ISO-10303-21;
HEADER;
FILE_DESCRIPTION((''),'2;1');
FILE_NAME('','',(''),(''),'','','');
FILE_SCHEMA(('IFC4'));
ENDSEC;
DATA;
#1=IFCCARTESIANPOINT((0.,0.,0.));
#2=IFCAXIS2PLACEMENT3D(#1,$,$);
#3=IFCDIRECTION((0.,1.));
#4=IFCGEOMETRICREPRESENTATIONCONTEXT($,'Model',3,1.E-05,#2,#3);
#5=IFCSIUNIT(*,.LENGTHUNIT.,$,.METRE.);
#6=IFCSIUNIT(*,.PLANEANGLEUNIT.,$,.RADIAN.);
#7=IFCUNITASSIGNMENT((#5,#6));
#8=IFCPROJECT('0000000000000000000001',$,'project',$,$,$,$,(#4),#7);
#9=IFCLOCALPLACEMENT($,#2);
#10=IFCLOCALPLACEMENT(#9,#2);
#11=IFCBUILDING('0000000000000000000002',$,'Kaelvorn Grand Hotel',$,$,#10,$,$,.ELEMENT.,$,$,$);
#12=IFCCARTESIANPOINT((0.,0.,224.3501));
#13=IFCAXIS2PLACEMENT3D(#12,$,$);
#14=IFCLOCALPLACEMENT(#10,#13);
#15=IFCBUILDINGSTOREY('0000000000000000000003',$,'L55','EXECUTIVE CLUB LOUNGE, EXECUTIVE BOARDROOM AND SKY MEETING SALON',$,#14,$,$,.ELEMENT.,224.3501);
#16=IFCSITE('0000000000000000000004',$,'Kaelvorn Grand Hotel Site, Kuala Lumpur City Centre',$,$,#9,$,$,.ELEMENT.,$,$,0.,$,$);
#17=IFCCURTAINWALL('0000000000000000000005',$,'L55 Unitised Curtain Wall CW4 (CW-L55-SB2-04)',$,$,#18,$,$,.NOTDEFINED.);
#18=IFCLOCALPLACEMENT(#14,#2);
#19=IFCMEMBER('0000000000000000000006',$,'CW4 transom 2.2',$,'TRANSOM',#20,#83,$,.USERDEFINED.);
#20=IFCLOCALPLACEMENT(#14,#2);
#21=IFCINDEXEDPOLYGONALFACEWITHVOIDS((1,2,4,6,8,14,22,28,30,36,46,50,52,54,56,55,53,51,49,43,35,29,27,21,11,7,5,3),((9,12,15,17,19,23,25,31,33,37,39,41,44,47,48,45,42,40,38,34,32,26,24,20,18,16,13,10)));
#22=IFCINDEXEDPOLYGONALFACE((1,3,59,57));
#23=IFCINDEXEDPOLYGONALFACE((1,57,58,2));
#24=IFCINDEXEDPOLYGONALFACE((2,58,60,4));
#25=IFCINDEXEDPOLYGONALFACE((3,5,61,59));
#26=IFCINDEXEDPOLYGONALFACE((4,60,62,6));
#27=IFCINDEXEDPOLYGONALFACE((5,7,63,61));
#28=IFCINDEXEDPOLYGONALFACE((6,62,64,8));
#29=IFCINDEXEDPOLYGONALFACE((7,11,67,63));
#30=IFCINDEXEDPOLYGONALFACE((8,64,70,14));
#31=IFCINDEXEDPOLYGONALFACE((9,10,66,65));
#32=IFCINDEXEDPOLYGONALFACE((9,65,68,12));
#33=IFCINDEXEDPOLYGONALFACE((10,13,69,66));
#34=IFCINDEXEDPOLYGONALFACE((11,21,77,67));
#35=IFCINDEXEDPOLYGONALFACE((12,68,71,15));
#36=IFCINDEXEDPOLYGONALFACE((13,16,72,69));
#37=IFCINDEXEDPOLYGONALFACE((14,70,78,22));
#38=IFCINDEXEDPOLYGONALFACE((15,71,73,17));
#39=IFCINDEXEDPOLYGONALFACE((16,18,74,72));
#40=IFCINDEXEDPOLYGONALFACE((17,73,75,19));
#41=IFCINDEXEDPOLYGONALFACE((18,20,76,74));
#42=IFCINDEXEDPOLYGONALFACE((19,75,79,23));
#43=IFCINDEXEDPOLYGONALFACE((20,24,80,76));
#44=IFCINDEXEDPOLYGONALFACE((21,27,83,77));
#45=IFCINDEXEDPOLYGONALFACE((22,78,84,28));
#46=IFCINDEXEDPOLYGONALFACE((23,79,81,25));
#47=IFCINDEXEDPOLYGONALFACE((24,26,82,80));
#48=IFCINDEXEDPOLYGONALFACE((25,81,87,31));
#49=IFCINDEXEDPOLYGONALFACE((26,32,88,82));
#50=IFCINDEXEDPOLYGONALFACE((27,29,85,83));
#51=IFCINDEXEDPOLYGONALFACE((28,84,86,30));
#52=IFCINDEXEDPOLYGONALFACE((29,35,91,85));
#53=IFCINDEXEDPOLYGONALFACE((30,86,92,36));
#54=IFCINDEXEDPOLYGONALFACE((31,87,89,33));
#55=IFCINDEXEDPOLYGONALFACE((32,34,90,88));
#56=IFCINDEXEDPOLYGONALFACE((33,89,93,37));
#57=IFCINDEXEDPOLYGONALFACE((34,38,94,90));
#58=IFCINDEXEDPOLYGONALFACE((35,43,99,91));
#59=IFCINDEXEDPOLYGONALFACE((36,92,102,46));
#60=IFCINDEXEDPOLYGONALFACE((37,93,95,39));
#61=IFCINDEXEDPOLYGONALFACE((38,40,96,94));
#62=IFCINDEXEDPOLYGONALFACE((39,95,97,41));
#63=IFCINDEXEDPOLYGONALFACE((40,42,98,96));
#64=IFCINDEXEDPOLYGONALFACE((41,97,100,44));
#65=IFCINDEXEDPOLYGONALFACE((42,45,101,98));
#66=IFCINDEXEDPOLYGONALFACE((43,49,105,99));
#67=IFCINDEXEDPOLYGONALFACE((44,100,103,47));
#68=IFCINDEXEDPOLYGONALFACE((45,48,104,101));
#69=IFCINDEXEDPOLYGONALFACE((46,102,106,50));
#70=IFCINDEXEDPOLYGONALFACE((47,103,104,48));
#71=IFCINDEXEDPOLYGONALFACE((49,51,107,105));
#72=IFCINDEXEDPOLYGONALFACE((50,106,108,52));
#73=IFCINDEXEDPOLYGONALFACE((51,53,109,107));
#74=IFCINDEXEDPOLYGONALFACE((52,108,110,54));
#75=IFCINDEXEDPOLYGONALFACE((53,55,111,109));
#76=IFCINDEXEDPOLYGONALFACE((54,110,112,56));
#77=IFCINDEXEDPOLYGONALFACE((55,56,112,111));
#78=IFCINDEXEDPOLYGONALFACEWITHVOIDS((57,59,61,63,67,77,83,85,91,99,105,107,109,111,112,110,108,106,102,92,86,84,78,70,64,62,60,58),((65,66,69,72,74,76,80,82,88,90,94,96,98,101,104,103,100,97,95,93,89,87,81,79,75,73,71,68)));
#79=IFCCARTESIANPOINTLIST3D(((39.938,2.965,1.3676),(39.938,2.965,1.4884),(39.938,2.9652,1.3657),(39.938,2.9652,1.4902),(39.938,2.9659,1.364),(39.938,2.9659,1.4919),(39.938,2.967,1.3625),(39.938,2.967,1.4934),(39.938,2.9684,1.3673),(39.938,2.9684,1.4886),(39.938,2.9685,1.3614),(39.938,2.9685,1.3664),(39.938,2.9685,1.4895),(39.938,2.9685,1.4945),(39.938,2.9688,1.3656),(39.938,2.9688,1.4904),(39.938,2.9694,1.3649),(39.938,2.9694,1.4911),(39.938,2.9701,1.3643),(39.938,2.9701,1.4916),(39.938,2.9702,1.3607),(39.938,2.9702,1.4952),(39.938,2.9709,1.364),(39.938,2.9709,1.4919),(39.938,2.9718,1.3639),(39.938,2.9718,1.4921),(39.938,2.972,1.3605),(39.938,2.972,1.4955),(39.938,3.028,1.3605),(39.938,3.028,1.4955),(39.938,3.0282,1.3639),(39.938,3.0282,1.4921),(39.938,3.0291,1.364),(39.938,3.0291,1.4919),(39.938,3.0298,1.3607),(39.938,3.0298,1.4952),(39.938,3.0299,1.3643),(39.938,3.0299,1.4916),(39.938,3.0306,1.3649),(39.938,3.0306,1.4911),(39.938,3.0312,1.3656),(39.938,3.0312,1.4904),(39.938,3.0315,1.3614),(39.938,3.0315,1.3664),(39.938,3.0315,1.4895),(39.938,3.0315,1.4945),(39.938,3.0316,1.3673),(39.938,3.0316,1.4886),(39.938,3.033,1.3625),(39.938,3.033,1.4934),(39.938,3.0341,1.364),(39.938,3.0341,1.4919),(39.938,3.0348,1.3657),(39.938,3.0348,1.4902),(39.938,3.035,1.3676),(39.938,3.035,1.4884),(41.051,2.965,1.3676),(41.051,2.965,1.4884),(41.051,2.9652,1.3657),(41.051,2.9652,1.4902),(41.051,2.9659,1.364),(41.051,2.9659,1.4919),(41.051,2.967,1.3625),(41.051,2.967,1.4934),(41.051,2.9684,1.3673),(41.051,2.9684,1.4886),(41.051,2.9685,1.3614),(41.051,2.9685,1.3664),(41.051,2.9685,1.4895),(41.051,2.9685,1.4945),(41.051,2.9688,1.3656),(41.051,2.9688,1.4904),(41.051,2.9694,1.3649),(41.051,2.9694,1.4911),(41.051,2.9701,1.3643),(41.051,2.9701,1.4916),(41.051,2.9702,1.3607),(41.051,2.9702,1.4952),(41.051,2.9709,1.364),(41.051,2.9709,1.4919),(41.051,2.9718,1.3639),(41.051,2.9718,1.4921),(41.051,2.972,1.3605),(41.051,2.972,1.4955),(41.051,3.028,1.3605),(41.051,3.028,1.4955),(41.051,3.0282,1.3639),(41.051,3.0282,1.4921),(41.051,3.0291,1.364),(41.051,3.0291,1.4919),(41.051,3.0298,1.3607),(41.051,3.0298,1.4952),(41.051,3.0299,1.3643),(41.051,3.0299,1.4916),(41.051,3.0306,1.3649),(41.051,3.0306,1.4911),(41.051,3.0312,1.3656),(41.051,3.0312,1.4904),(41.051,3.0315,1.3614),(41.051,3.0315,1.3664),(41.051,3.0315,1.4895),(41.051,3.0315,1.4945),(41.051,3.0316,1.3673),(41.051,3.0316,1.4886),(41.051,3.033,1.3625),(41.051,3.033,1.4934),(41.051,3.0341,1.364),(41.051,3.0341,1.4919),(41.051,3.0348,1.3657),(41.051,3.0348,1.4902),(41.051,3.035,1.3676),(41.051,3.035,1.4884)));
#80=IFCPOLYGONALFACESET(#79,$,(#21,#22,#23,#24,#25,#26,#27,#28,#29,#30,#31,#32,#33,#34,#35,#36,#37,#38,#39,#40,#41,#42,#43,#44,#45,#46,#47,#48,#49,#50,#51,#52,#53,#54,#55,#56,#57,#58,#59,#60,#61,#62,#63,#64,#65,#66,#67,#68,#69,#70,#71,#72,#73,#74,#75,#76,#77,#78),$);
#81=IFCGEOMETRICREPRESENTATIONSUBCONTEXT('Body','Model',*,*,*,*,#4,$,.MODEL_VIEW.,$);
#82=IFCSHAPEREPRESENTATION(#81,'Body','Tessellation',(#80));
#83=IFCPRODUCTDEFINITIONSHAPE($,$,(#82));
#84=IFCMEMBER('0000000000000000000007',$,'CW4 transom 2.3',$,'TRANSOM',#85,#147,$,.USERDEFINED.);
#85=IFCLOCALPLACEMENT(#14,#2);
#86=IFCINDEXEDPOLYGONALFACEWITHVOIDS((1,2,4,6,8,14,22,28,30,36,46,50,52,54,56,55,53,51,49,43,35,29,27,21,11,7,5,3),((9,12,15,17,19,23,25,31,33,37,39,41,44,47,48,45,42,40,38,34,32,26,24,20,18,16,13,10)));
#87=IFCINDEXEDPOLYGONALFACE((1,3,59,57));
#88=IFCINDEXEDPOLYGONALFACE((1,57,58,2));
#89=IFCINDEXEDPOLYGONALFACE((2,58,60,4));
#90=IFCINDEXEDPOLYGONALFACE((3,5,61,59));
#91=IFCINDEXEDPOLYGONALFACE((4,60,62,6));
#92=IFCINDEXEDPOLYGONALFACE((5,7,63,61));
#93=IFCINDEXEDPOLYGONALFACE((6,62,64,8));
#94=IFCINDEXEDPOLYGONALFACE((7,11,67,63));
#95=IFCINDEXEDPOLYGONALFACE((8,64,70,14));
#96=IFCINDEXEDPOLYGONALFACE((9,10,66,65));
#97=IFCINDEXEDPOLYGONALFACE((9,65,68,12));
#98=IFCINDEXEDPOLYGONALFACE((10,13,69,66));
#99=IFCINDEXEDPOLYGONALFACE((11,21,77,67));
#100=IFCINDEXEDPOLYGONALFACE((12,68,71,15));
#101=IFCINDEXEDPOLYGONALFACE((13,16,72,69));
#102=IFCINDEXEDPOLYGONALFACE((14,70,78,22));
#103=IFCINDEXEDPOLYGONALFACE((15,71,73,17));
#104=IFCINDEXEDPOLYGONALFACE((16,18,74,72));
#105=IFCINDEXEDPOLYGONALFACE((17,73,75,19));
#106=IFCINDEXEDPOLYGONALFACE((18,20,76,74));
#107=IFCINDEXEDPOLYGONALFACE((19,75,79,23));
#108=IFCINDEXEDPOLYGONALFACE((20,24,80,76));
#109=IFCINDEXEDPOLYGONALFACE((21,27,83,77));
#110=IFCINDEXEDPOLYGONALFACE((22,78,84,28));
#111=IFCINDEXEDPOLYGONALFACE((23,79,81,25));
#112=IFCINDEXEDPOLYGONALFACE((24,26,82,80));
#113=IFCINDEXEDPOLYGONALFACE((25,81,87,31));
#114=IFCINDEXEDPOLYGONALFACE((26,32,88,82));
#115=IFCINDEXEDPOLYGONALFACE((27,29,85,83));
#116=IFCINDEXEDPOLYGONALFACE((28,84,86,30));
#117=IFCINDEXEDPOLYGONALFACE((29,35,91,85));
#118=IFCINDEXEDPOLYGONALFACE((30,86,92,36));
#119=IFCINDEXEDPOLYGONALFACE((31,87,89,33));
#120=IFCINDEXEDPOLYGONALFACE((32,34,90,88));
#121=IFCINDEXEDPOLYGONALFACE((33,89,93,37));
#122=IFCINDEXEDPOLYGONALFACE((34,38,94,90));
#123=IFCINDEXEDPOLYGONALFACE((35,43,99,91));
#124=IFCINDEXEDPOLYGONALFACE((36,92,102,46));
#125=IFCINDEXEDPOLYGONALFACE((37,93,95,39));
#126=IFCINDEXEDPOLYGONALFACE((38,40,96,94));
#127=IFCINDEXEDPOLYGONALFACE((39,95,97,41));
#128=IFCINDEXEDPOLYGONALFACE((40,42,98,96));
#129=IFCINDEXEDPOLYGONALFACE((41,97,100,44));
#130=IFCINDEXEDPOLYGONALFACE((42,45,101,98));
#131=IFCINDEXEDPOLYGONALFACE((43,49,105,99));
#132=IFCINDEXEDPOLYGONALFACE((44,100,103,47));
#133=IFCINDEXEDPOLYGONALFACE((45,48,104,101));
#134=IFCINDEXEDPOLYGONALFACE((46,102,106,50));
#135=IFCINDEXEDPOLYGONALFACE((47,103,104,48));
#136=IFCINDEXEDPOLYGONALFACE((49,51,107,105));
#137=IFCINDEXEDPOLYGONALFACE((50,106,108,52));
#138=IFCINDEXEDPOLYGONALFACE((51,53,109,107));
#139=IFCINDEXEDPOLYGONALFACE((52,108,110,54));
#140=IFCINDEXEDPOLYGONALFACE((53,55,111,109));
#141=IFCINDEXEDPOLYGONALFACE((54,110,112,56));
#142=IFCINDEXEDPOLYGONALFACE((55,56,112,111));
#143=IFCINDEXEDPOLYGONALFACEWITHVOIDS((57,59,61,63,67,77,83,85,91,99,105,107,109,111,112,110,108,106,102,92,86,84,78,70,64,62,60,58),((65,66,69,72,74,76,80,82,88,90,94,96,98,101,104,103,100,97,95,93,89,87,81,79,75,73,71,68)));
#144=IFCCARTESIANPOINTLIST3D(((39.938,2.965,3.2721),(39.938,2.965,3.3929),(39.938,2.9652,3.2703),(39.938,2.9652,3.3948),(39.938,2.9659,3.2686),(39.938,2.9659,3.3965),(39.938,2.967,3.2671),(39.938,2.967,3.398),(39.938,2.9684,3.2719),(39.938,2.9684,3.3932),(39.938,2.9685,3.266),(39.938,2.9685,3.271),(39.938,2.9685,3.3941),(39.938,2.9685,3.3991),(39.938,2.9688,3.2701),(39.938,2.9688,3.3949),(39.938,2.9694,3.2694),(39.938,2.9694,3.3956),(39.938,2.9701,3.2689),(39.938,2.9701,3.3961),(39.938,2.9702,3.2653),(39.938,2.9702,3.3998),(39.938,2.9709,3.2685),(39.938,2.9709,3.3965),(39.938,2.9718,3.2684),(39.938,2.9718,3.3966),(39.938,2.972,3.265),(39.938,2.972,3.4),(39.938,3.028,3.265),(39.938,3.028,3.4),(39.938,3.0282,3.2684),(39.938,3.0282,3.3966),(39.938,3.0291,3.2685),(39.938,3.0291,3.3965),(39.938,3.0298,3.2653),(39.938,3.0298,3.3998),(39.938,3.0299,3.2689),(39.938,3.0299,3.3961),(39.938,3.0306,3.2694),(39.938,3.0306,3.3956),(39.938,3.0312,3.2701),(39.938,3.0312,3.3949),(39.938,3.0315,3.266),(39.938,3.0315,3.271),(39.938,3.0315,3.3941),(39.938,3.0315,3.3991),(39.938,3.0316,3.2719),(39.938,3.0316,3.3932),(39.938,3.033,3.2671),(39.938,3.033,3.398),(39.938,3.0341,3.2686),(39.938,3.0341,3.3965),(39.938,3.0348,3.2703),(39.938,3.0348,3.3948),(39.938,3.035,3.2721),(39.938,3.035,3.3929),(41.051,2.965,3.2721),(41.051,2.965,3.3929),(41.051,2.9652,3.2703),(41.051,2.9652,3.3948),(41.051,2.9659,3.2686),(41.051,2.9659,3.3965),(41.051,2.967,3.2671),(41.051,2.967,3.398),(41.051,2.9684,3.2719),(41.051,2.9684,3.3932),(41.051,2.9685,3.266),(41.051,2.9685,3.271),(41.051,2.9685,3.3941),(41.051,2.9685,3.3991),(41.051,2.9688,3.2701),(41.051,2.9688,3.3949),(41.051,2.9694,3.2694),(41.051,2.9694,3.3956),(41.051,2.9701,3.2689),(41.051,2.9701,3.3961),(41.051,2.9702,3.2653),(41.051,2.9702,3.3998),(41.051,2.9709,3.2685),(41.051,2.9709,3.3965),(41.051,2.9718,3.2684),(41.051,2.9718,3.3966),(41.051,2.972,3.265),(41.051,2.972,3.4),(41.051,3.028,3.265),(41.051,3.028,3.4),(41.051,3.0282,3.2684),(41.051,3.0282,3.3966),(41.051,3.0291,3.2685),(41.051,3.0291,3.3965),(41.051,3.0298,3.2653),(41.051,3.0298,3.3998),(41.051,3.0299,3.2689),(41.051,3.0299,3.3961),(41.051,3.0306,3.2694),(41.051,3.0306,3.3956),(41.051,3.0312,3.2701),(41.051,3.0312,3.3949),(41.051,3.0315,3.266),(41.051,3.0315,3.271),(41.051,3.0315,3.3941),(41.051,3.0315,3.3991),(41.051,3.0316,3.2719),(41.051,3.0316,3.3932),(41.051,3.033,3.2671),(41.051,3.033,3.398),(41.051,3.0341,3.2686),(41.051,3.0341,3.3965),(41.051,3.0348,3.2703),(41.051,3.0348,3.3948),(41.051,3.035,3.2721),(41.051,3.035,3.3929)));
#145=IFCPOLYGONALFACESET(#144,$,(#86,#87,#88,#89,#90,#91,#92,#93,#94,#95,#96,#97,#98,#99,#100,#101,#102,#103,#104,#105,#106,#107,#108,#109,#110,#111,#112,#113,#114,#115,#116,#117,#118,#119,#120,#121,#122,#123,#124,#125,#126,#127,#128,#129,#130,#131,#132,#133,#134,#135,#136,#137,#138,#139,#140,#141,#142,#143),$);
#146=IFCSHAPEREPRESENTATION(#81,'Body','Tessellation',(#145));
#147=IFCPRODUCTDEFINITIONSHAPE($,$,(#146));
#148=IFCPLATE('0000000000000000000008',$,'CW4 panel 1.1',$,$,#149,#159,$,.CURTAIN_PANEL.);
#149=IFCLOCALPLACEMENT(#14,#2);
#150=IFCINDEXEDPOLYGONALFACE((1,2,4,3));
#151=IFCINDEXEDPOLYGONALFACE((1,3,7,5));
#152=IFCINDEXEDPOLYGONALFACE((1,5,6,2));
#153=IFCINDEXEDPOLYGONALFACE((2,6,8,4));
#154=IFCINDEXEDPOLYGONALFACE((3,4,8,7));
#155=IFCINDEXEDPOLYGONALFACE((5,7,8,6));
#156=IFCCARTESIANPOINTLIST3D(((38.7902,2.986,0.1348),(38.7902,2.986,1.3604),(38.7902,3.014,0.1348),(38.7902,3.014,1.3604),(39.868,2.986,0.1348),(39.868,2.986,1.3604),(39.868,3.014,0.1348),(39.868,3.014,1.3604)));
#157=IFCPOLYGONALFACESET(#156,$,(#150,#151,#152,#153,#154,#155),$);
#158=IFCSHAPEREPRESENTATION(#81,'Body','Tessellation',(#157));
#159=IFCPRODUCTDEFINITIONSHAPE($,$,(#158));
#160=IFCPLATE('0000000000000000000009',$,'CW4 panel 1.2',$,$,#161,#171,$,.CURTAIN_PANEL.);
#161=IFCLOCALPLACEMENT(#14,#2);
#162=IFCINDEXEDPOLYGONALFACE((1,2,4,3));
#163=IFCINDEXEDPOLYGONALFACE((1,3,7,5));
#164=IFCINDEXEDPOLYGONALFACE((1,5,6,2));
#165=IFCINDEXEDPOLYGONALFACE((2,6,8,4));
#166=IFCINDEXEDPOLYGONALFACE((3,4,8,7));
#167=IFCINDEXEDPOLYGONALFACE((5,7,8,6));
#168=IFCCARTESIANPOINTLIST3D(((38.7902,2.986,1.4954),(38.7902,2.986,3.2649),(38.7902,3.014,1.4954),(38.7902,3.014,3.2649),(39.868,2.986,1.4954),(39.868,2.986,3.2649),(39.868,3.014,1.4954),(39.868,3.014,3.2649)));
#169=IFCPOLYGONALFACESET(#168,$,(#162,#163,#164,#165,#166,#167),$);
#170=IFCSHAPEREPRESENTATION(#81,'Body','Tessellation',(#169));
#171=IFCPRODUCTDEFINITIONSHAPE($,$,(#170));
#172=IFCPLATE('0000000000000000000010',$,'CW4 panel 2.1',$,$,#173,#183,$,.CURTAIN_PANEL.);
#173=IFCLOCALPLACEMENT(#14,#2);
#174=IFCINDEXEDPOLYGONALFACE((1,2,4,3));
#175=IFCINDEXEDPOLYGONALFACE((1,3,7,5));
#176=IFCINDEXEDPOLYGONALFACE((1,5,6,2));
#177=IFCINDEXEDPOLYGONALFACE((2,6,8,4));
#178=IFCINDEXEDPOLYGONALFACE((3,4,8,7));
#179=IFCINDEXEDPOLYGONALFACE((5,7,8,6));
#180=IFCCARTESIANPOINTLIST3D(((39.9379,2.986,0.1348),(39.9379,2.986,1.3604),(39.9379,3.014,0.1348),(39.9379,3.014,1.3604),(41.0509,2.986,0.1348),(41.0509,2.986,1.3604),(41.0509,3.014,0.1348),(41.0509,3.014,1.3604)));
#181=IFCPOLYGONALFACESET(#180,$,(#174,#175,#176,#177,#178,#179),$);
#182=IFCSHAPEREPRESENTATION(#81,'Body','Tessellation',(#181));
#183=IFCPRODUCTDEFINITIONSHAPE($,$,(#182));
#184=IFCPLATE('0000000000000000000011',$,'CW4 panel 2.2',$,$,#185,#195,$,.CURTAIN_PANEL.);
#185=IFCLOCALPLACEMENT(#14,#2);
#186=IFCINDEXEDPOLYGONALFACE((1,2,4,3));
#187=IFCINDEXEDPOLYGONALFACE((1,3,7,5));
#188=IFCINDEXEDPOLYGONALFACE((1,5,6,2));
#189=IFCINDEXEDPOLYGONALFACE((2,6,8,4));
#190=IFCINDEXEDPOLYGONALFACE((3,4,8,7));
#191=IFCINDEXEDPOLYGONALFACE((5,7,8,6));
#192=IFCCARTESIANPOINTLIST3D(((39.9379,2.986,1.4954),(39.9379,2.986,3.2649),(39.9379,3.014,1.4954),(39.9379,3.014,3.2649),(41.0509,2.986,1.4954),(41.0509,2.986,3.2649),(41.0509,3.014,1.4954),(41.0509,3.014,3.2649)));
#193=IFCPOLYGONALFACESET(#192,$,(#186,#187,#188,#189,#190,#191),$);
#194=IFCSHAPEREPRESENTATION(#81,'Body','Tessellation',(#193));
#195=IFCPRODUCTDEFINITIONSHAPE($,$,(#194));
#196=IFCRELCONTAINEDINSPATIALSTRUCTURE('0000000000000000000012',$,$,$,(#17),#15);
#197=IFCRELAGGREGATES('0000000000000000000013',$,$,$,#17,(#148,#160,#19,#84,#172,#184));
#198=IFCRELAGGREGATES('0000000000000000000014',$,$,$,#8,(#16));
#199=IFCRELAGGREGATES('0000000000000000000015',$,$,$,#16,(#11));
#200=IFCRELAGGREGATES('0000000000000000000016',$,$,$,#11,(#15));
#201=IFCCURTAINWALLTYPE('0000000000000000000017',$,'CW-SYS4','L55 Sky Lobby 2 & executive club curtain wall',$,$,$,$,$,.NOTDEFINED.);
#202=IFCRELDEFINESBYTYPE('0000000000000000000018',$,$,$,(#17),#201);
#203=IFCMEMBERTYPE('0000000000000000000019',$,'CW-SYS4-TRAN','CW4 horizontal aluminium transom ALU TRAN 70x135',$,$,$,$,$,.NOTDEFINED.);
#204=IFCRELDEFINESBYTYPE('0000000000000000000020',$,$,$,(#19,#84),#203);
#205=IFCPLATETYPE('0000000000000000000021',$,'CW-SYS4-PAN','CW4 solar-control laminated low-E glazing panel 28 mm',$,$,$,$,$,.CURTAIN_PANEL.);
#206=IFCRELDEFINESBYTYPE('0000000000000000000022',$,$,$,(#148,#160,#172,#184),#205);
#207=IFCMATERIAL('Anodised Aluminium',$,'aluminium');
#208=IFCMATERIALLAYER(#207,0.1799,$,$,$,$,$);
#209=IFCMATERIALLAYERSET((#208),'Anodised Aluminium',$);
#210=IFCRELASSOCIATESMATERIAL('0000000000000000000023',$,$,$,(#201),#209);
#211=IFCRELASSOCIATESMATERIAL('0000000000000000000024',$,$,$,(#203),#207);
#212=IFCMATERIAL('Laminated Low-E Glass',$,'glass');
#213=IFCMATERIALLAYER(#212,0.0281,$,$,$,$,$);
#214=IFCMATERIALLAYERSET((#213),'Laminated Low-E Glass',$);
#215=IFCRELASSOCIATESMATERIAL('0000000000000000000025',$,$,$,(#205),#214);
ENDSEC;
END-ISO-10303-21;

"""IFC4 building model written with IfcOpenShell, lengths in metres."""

from ifc_helpers import new_model, si_unit, direction, frame, origin, origin_2d, place, context, subcontext, project, spatial, rectangle, hollow_rectangle, extrude, material, layer, layer_set, material_profile, profile_set, type_object, element, aggregate, save


model = new_model("IFC4")

# Units and contexts
model_context = context("Model", 3, precision=1e-05, world=origin(), true_north=direction((0.0, 1.0)))
body_context = subcontext(model_context, "Body", "Model", "MODEL_VIEW")
ifc_project = project(units=[si_unit("LENGTHUNIT", "METRE"), si_unit("PLANEANGLEUNIT", "RADIAN")], contexts=[model_context])

# Site, building, storey
site_placement = place(None, origin())
site = spatial("IfcSite", under=ifc_project, at=site_placement, Name="Kaelvorn Grand Hotel Site, Kuala Lumpur City Centre", CompositionType="ELEMENT", RefElevation=0.0)
building_placement = place(site_placement, origin())
building = spatial("IfcBuilding", under=site, at=building_placement, Name="Kaelvorn Grand Hotel", CompositionType="ELEMENT")
storey_placement = place(building_placement, frame((0.0, 0.0, 224.3501)))
storey = spatial("IfcBuildingStorey", under=building, at=storey_placement, Name="L55", Description="EXECUTIVE CLUB LOUNGE, EXECUTIVE BOARDROOM AND SKY MEETING SALON", CompositionType="ELEMENT", Elevation=224.3501)

# Curtain wall, members, plates
ifc_material_1 = material(Name="Anodised Aluminium", Category="aluminium")
ifc_layer_1 = layer(ifc_material_1, 0.1799)
ifc_layer_set_1 = layer_set([ifc_layer_1], Name="Anodised Aluminium")
curtain_wall_type = type_object("IfcCurtainWallType", Name="CW-SYS4", Description="L55 Sky Lobby 2 & executive club curtain wall", PredefinedType="NOTDEFINED", material=ifc_layer_set_1)
curtain_wall_placement = place(storey_placement, origin())
curtain_wall = element("IfcCurtainWall", 1, at=curtain_wall_placement, inside=storey, type_object=curtain_wall_type, Name="L55 Unitised Curtain Wall CW4 (CW-L55-SB2-04)", PredefinedType="NOTDEFINED")
ifc_material_profile_1 = material_profile(ifc_material_1, hollow_rectangle(XDim=0.0701, YDim=0.135, WallThickness=0.0034, InnerFilletRadius=0.0034, OuterFilletRadius=0.0071, at=origin_2d()), Name="ALU TRAN 70x135")
ifc_profile_set_1 = profile_set([ifc_material_profile_1], Name="Anodised Aluminium")
member_type_1 = type_object("IfcMemberType", Name="CW-SYS4-TRAN", Description="CW4 horizontal aluminium transom ALU TRAN 70x135", PredefinedType="NOTDEFINED", material=ifc_profile_set_1)
member_1_placement = place(storey_placement, frame((39.938, 3.0, 1.428), z_axis=(1.0, 0.0, 0.0), x_axis=(0.0, 1.0, 0.0)))
member_1 = element("IfcMember", 2, at=member_1_placement, type_object=member_type_1, Name="CW4 transom 2.2", ObjectType="TRANSOM", PredefinedType="USERDEFINED", context=body_context, shape_type="SweptSolid", body=[
    extrude(hollow_rectangle(XDim=0.0701, YDim=0.135, WallThickness=0.0034, InnerFilletRadius=0.0034, OuterFilletRadius=0.0071, at=origin_2d()), origin(), (0.0, 0.0, 1.0), 1.113),
])
member_2_placement = place(storey_placement, frame((39.938, 3.0, 3.3325), z_axis=(1.0, 0.0, 0.0), x_axis=(0.0, 1.0, 0.0)))
member_2 = element("IfcMember", 3, at=member_2_placement, type_object=member_type_1, Name="CW4 transom 2.3", ObjectType="TRANSOM", PredefinedType="USERDEFINED", context=body_context, shape_type="SweptSolid", body=[
    extrude(hollow_rectangle(XDim=0.0701, YDim=0.135, WallThickness=0.0034, InnerFilletRadius=0.0034, OuterFilletRadius=0.0071, at=origin_2d()), origin(), (0.0, 0.0, 1.0), 1.113),
])
ifc_material_2 = material(Name="Laminated Low-E Glass", Category="glass")
ifc_layer_2 = layer(ifc_material_2, 0.0281)
ifc_layer_set_2 = layer_set([ifc_layer_2], Name="Laminated Low-E Glass")
plate_type = type_object("IfcPlateType", Name="CW-SYS4-PAN", Description="CW4 solar-control laminated low-E glazing panel 28 mm", PredefinedType="CURTAIN_PANEL", material=ifc_layer_set_2)
plate_1_placement = place(storey_placement, frame((39.3291, 3.0, 0.1348), z_axis=(0.0, 0.0, 1.0), x_axis=(1.0, 0.0, 0.0)))
plate_1 = element("IfcPlate", 4, at=plate_1_placement, type_object=plate_type, Name="CW4 panel 1.1", PredefinedType="CURTAIN_PANEL", context=body_context, shape_type="SweptSolid", body=[
    extrude(rectangle(XDim=1.0779, YDim=0.0281, at=origin_2d()), origin(), (0.0, 0.0, 1.0), 1.2256),
])
plate_2_placement = place(storey_placement, frame((39.3291, 3.0, 1.4954), z_axis=(0.0, 0.0, 1.0), x_axis=(1.0, 0.0, 0.0)))
plate_2 = element("IfcPlate", 5, at=plate_2_placement, type_object=plate_type, Name="CW4 panel 1.2", PredefinedType="CURTAIN_PANEL", context=body_context, shape_type="SweptSolid", body=[
    extrude(rectangle(XDim=1.0779, YDim=0.0281, at=origin_2d()), origin(), (0.0, 0.0, 1.0), 1.7695),
])
plate_3_placement = place(storey_placement, frame((40.4944, 3.0, 0.1348), z_axis=(0.0, 0.0, 1.0), x_axis=(1.0, 0.0, 0.0)))
plate_3 = element("IfcPlate", 6, at=plate_3_placement, type_object=plate_type, Name="CW4 panel 2.1", PredefinedType="CURTAIN_PANEL", context=body_context, shape_type="SweptSolid", body=[
    extrude(rectangle(XDim=1.113, YDim=0.0281, at=origin_2d()), origin(), (0.0, 0.0, 1.0), 1.2256),
])
plate_4_placement = place(storey_placement, frame((40.4944, 3.0, 1.4954), z_axis=(0.0, 0.0, 1.0), x_axis=(1.0, 0.0, 0.0)))
plate_4 = element("IfcPlate", 7, at=plate_4_placement, type_object=plate_type, Name="CW4 panel 2.2", PredefinedType="CURTAIN_PANEL", context=body_context, shape_type="SweptSolid", body=[
    extrude(rectangle(XDim=1.113, YDim=0.0281, at=origin_2d()), origin(), (0.0, 0.0, 1.0), 1.7695),
])
aggregate(curtain_wall, [plate_1, plate_2, member_1, member_2, plate_3, plate_4])

save(model, "model.ifc")
